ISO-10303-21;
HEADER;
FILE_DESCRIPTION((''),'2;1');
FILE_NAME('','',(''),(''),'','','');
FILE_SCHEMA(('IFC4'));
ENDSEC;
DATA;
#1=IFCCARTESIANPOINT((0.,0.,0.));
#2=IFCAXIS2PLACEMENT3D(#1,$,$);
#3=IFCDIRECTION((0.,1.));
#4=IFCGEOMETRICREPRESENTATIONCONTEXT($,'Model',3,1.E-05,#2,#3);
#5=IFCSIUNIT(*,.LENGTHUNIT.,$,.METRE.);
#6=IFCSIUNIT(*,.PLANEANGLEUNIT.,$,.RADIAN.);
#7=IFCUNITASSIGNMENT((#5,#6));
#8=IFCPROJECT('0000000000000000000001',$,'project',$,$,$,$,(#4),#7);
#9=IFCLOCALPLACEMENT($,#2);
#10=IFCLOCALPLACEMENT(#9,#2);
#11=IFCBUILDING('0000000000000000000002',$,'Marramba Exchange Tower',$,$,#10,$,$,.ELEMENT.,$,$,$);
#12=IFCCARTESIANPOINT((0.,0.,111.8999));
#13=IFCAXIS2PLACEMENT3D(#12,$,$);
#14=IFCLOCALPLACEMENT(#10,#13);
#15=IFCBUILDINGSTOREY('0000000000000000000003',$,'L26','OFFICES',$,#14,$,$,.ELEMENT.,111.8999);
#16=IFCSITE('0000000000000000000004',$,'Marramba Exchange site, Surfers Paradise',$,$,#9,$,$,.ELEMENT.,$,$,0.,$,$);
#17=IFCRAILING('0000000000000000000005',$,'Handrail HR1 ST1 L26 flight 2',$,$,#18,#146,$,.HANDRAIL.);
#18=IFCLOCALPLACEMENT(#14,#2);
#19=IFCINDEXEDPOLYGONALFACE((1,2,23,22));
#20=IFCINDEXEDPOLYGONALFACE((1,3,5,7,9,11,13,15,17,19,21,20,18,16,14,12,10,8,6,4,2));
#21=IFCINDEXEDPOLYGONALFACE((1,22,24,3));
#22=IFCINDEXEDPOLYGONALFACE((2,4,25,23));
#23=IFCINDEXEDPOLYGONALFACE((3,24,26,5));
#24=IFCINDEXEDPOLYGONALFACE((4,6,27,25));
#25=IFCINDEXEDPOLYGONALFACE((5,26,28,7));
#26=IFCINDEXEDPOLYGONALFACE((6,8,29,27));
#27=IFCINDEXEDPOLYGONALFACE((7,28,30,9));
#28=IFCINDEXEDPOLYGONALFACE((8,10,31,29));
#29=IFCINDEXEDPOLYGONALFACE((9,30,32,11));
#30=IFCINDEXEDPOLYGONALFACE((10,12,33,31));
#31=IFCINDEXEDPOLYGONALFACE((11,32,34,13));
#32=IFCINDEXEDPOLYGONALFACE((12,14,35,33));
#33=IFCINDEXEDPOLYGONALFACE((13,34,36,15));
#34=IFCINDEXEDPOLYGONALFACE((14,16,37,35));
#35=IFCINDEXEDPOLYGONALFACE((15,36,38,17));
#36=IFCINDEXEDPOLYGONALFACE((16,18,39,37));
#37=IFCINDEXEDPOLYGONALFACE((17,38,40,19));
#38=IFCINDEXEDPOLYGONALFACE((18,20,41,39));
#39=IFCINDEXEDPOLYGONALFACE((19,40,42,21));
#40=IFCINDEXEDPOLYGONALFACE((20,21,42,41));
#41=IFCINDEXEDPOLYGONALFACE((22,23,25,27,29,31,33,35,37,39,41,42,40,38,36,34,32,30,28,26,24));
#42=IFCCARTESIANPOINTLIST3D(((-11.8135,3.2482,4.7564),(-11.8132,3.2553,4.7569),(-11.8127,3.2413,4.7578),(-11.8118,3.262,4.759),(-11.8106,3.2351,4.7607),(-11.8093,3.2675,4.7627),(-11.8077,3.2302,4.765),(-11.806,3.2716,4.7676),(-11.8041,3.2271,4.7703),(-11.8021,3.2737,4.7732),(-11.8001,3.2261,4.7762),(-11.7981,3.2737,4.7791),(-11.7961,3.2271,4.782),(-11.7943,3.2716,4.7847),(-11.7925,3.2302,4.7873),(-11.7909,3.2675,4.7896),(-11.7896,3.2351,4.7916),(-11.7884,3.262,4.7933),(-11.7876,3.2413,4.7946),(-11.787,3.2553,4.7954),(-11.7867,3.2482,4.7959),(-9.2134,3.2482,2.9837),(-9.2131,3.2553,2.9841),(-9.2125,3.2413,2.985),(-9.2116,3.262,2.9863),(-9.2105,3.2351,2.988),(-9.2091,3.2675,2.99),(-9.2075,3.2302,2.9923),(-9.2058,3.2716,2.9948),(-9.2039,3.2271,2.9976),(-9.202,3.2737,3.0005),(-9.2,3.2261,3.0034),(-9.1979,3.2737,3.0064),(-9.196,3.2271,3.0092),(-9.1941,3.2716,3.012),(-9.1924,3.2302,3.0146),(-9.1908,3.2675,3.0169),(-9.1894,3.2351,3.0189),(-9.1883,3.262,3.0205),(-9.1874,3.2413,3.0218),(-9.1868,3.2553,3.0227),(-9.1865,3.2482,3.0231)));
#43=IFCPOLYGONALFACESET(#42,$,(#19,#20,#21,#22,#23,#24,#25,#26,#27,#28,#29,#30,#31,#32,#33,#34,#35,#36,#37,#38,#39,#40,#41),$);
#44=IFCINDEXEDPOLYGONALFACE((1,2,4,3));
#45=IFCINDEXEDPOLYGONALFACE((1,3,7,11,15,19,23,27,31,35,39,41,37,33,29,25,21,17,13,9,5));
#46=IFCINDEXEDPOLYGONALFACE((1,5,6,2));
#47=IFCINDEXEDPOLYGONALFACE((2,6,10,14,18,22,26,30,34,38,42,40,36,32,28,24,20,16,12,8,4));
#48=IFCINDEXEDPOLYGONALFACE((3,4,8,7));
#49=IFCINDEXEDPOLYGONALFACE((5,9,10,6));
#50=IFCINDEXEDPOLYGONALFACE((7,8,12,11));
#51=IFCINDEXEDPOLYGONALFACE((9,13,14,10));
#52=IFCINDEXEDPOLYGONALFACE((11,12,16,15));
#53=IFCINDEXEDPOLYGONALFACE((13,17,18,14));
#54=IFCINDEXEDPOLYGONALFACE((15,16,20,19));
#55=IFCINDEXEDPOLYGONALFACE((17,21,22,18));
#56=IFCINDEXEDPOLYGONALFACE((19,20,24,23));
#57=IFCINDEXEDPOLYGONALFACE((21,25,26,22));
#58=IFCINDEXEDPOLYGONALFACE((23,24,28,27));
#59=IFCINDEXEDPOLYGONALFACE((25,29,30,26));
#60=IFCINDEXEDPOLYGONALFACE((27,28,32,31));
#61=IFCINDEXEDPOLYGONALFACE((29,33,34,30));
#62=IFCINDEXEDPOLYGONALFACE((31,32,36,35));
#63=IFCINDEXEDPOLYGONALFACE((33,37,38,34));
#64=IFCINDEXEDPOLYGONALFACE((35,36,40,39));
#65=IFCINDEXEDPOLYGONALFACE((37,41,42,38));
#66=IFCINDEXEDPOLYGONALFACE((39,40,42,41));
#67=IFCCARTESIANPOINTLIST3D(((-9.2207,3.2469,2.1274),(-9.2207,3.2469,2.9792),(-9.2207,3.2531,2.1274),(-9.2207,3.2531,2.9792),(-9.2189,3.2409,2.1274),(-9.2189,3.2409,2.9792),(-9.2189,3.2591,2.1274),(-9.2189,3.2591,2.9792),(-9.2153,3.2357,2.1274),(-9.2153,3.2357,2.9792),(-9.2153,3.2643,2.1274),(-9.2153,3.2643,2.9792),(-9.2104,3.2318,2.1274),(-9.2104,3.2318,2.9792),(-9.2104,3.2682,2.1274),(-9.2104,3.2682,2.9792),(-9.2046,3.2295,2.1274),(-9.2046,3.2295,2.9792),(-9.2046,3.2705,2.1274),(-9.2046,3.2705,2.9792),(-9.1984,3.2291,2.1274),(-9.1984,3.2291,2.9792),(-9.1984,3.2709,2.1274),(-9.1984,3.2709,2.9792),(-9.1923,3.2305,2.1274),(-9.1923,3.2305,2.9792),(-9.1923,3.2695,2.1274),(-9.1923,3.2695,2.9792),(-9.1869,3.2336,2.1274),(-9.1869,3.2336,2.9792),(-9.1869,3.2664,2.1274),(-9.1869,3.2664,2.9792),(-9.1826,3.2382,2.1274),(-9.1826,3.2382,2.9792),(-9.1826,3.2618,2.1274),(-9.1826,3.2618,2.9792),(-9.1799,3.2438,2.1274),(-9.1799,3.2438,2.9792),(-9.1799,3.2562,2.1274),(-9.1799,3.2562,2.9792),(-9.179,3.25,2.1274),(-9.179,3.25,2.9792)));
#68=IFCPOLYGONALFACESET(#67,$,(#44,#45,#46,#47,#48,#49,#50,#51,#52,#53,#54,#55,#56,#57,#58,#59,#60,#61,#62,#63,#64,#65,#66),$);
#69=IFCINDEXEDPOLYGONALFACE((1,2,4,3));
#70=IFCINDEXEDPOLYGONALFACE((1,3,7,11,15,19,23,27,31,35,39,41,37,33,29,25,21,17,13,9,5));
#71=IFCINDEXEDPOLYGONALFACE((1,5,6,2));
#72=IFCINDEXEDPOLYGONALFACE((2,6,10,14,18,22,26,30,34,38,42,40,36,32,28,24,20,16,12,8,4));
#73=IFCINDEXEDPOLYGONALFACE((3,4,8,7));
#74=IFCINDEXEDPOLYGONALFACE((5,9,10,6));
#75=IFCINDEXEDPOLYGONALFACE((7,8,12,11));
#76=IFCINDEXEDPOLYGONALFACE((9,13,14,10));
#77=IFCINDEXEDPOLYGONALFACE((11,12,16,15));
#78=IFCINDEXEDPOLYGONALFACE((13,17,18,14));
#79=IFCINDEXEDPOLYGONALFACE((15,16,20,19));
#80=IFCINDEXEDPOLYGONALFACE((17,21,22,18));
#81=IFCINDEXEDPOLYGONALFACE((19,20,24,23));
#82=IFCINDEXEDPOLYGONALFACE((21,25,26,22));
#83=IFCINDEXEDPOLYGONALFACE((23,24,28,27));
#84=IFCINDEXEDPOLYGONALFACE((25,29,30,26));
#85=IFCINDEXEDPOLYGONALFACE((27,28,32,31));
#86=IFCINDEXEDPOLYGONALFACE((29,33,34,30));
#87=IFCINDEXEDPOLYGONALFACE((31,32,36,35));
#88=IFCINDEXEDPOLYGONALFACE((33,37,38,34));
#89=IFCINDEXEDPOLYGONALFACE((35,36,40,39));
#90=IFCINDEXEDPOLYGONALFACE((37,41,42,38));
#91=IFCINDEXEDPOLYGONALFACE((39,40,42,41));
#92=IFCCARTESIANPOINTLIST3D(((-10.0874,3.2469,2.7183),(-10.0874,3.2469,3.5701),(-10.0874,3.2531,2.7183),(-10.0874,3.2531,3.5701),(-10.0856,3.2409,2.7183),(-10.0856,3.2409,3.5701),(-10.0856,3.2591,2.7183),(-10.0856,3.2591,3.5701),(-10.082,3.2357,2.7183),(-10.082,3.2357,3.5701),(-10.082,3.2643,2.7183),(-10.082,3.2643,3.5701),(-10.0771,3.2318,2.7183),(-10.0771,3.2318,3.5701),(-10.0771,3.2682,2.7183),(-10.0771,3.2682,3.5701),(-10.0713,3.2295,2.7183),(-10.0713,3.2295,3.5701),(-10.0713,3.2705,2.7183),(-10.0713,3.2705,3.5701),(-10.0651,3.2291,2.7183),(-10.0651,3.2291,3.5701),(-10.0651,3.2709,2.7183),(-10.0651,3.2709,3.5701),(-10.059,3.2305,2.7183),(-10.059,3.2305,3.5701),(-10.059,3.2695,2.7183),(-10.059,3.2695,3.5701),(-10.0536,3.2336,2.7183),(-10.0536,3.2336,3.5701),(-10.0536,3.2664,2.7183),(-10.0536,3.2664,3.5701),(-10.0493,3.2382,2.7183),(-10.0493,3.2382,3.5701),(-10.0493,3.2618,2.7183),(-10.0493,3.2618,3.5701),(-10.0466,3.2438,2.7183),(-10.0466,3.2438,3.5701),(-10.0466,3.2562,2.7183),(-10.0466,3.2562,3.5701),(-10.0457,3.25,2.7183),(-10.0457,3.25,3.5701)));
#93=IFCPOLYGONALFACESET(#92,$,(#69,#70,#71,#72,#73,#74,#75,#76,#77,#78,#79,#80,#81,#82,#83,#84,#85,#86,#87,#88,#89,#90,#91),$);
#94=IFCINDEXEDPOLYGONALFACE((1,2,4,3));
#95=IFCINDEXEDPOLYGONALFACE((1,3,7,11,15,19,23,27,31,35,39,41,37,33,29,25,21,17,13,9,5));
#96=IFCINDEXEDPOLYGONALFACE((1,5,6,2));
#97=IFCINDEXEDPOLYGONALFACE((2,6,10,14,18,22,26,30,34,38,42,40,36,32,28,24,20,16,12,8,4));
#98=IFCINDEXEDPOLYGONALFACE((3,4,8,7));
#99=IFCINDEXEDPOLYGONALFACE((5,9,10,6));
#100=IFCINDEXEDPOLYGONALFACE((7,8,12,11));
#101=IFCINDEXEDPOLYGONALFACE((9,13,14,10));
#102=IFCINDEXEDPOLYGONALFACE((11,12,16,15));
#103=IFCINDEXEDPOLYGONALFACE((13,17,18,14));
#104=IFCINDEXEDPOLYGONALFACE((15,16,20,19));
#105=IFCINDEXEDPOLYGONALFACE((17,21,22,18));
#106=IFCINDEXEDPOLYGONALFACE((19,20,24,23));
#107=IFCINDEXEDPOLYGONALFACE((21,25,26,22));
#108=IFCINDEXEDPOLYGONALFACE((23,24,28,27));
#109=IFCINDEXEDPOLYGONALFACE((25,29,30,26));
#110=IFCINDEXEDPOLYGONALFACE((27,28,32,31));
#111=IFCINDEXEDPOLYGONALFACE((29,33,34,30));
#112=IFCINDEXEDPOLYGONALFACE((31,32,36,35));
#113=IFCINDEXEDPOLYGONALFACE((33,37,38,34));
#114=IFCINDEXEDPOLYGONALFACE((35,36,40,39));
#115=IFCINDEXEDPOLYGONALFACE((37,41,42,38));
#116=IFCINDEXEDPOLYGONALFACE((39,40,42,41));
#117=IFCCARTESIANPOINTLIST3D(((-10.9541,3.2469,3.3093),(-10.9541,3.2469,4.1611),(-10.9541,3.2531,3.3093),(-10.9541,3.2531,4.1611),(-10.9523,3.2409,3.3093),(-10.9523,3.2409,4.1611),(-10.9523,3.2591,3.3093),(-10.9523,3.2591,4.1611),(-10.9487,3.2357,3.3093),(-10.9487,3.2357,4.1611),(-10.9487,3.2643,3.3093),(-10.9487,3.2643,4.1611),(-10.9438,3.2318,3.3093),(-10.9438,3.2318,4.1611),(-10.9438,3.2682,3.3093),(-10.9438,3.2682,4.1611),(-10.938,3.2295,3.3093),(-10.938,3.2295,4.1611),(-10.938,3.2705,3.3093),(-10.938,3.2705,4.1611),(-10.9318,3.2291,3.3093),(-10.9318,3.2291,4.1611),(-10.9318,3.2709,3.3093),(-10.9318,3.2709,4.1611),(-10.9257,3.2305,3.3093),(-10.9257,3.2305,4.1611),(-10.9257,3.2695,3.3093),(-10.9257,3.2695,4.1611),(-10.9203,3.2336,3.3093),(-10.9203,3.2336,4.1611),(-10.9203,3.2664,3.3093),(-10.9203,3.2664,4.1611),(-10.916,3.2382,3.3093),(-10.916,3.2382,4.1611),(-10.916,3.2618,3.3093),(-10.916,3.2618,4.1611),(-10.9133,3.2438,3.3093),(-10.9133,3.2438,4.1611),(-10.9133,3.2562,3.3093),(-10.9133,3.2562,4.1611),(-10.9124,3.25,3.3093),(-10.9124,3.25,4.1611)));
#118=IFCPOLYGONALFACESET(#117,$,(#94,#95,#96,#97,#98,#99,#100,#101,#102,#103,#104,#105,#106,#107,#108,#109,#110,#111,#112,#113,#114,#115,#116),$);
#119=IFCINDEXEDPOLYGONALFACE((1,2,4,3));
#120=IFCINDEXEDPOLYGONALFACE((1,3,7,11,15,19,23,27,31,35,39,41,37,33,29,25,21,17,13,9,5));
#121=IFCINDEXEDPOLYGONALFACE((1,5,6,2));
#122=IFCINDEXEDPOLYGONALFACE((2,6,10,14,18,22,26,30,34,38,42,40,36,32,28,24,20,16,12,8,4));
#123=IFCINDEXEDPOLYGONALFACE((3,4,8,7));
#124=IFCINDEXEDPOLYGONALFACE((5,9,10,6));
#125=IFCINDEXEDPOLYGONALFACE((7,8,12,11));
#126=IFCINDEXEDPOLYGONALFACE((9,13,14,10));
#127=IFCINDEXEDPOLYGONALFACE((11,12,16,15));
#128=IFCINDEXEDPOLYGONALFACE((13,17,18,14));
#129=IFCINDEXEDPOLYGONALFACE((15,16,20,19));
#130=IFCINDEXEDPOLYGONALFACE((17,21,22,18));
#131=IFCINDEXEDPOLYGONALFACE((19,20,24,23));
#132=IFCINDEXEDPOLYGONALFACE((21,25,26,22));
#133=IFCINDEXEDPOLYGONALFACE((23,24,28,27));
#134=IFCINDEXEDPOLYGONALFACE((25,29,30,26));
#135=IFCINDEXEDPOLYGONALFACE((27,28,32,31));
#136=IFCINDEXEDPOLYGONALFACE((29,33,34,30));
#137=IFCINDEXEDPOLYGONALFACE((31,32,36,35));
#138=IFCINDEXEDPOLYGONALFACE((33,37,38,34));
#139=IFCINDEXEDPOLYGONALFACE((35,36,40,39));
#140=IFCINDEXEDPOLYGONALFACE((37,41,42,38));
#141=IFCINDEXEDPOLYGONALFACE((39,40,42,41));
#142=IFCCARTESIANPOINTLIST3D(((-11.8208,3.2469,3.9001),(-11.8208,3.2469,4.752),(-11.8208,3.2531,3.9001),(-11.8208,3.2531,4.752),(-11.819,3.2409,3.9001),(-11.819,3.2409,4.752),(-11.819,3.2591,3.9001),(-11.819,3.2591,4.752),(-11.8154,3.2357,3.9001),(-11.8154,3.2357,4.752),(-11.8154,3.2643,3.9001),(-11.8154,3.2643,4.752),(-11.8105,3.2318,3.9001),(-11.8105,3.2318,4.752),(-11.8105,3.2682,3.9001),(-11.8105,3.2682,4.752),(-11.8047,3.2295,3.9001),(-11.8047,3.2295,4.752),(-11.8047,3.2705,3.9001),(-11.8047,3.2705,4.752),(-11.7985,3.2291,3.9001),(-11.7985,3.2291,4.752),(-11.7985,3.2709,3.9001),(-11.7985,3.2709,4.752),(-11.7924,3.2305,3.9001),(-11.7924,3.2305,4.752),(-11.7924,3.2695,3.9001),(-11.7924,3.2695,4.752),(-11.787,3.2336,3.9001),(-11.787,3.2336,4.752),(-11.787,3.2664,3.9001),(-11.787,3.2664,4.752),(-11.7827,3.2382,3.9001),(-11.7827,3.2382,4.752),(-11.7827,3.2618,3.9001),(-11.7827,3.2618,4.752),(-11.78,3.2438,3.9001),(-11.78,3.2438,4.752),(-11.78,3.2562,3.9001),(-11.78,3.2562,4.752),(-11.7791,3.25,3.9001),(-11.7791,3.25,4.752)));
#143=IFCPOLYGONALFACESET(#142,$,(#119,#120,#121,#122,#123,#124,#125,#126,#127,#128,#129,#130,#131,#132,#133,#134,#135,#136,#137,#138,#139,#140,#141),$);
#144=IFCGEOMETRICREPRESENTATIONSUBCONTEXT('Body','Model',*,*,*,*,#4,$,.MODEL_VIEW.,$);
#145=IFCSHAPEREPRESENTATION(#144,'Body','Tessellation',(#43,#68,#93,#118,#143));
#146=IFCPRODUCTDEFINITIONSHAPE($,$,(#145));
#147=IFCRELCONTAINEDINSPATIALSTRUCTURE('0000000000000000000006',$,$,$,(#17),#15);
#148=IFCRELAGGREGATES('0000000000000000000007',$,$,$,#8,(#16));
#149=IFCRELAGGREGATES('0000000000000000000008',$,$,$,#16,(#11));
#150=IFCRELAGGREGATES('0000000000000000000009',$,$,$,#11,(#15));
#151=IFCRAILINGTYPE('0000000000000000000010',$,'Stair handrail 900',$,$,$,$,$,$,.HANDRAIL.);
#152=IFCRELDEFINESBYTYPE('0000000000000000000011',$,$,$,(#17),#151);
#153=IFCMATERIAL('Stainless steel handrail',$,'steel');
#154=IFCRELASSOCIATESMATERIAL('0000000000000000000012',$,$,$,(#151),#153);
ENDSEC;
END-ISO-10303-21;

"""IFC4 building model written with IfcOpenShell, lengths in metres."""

from ifc_helpers import new_model, si_unit, direction, frame, origin, origin_2d, place, context, subcontext, project, spatial, circle, extrude, material, type_object, element, save


model = new_model("IFC4")

# Units and contexts
model_context = context("Model", 3, precision=1e-05, world=origin(), true_north=direction((0.0, 1.0)))
body_context = subcontext(model_context, "Body", "Model", "MODEL_VIEW")
ifc_project = project(units=[si_unit("LENGTHUNIT", "METRE"), si_unit("PLANEANGLEUNIT", "RADIAN")], contexts=[model_context])

# Site, building, storey
site_placement = place(None, origin())
site = spatial("IfcSite", under=ifc_project, at=site_placement, Name="Marramba Exchange site, Surfers Paradise", CompositionType="ELEMENT", RefElevation=0.0)
building_placement = place(site_placement, origin())
building = spatial("IfcBuilding", under=site, at=building_placement, Name="Marramba Exchange Tower", CompositionType="ELEMENT")
storey_placement = place(building_placement, frame((0.0, 0.0, 111.8999)))
storey = spatial("IfcBuildingStorey", under=building, at=storey_placement, Name="L26", Description="OFFICES", CompositionType="ELEMENT", Elevation=111.8999)

# Railing
ifc_material_1 = material(Name="Stainless steel handrail", Category="steel")
railing_type = type_object("IfcRailingType", Name="Stair handrail 900", PredefinedType="HANDRAIL", material=ifc_material_1)
railing_1_placement = place(storey_placement, frame((-9.2, 3.25, 2.1274)))
element("IfcRailing", 1, at=railing_1_placement, inside=storey, type_object=railing_type, Name="Handrail HR1 ST1 L26 flight 2", PredefinedType="HANDRAIL", context=body_context, shape_type="SweptSolid", body=[
    extrude(circle(Radius=0.0239, at=origin_2d()), frame((0.0, 0.0, 0.876), z_axis=(-0.82624, 0.0, 0.563318), x_axis=(0.0, -1.0, 0.0)), (0.0, 0.0, 1.0), 3.147),
    extrude(circle(Radius=0.021, at=origin_2d()), origin(), (0.0, 0.0, 1.0), 0.8518),
    extrude(circle(Radius=0.021, at=origin_2d()), frame((-0.8667, 0.0, 0.5908)), (0.0, 0.0, 1.0), 0.8518),
    extrude(circle(Radius=0.021, at=origin_2d()), frame((-1.7334, 0.0, 1.1819)), (0.0, 0.0, 1.0), 0.8518),
    extrude(circle(Radius=0.021, at=origin_2d()), frame((-2.6001, 0.0, 1.7727)), (0.0, 0.0, 1.0), 0.8518),
])

save(model, "model.ifc")
